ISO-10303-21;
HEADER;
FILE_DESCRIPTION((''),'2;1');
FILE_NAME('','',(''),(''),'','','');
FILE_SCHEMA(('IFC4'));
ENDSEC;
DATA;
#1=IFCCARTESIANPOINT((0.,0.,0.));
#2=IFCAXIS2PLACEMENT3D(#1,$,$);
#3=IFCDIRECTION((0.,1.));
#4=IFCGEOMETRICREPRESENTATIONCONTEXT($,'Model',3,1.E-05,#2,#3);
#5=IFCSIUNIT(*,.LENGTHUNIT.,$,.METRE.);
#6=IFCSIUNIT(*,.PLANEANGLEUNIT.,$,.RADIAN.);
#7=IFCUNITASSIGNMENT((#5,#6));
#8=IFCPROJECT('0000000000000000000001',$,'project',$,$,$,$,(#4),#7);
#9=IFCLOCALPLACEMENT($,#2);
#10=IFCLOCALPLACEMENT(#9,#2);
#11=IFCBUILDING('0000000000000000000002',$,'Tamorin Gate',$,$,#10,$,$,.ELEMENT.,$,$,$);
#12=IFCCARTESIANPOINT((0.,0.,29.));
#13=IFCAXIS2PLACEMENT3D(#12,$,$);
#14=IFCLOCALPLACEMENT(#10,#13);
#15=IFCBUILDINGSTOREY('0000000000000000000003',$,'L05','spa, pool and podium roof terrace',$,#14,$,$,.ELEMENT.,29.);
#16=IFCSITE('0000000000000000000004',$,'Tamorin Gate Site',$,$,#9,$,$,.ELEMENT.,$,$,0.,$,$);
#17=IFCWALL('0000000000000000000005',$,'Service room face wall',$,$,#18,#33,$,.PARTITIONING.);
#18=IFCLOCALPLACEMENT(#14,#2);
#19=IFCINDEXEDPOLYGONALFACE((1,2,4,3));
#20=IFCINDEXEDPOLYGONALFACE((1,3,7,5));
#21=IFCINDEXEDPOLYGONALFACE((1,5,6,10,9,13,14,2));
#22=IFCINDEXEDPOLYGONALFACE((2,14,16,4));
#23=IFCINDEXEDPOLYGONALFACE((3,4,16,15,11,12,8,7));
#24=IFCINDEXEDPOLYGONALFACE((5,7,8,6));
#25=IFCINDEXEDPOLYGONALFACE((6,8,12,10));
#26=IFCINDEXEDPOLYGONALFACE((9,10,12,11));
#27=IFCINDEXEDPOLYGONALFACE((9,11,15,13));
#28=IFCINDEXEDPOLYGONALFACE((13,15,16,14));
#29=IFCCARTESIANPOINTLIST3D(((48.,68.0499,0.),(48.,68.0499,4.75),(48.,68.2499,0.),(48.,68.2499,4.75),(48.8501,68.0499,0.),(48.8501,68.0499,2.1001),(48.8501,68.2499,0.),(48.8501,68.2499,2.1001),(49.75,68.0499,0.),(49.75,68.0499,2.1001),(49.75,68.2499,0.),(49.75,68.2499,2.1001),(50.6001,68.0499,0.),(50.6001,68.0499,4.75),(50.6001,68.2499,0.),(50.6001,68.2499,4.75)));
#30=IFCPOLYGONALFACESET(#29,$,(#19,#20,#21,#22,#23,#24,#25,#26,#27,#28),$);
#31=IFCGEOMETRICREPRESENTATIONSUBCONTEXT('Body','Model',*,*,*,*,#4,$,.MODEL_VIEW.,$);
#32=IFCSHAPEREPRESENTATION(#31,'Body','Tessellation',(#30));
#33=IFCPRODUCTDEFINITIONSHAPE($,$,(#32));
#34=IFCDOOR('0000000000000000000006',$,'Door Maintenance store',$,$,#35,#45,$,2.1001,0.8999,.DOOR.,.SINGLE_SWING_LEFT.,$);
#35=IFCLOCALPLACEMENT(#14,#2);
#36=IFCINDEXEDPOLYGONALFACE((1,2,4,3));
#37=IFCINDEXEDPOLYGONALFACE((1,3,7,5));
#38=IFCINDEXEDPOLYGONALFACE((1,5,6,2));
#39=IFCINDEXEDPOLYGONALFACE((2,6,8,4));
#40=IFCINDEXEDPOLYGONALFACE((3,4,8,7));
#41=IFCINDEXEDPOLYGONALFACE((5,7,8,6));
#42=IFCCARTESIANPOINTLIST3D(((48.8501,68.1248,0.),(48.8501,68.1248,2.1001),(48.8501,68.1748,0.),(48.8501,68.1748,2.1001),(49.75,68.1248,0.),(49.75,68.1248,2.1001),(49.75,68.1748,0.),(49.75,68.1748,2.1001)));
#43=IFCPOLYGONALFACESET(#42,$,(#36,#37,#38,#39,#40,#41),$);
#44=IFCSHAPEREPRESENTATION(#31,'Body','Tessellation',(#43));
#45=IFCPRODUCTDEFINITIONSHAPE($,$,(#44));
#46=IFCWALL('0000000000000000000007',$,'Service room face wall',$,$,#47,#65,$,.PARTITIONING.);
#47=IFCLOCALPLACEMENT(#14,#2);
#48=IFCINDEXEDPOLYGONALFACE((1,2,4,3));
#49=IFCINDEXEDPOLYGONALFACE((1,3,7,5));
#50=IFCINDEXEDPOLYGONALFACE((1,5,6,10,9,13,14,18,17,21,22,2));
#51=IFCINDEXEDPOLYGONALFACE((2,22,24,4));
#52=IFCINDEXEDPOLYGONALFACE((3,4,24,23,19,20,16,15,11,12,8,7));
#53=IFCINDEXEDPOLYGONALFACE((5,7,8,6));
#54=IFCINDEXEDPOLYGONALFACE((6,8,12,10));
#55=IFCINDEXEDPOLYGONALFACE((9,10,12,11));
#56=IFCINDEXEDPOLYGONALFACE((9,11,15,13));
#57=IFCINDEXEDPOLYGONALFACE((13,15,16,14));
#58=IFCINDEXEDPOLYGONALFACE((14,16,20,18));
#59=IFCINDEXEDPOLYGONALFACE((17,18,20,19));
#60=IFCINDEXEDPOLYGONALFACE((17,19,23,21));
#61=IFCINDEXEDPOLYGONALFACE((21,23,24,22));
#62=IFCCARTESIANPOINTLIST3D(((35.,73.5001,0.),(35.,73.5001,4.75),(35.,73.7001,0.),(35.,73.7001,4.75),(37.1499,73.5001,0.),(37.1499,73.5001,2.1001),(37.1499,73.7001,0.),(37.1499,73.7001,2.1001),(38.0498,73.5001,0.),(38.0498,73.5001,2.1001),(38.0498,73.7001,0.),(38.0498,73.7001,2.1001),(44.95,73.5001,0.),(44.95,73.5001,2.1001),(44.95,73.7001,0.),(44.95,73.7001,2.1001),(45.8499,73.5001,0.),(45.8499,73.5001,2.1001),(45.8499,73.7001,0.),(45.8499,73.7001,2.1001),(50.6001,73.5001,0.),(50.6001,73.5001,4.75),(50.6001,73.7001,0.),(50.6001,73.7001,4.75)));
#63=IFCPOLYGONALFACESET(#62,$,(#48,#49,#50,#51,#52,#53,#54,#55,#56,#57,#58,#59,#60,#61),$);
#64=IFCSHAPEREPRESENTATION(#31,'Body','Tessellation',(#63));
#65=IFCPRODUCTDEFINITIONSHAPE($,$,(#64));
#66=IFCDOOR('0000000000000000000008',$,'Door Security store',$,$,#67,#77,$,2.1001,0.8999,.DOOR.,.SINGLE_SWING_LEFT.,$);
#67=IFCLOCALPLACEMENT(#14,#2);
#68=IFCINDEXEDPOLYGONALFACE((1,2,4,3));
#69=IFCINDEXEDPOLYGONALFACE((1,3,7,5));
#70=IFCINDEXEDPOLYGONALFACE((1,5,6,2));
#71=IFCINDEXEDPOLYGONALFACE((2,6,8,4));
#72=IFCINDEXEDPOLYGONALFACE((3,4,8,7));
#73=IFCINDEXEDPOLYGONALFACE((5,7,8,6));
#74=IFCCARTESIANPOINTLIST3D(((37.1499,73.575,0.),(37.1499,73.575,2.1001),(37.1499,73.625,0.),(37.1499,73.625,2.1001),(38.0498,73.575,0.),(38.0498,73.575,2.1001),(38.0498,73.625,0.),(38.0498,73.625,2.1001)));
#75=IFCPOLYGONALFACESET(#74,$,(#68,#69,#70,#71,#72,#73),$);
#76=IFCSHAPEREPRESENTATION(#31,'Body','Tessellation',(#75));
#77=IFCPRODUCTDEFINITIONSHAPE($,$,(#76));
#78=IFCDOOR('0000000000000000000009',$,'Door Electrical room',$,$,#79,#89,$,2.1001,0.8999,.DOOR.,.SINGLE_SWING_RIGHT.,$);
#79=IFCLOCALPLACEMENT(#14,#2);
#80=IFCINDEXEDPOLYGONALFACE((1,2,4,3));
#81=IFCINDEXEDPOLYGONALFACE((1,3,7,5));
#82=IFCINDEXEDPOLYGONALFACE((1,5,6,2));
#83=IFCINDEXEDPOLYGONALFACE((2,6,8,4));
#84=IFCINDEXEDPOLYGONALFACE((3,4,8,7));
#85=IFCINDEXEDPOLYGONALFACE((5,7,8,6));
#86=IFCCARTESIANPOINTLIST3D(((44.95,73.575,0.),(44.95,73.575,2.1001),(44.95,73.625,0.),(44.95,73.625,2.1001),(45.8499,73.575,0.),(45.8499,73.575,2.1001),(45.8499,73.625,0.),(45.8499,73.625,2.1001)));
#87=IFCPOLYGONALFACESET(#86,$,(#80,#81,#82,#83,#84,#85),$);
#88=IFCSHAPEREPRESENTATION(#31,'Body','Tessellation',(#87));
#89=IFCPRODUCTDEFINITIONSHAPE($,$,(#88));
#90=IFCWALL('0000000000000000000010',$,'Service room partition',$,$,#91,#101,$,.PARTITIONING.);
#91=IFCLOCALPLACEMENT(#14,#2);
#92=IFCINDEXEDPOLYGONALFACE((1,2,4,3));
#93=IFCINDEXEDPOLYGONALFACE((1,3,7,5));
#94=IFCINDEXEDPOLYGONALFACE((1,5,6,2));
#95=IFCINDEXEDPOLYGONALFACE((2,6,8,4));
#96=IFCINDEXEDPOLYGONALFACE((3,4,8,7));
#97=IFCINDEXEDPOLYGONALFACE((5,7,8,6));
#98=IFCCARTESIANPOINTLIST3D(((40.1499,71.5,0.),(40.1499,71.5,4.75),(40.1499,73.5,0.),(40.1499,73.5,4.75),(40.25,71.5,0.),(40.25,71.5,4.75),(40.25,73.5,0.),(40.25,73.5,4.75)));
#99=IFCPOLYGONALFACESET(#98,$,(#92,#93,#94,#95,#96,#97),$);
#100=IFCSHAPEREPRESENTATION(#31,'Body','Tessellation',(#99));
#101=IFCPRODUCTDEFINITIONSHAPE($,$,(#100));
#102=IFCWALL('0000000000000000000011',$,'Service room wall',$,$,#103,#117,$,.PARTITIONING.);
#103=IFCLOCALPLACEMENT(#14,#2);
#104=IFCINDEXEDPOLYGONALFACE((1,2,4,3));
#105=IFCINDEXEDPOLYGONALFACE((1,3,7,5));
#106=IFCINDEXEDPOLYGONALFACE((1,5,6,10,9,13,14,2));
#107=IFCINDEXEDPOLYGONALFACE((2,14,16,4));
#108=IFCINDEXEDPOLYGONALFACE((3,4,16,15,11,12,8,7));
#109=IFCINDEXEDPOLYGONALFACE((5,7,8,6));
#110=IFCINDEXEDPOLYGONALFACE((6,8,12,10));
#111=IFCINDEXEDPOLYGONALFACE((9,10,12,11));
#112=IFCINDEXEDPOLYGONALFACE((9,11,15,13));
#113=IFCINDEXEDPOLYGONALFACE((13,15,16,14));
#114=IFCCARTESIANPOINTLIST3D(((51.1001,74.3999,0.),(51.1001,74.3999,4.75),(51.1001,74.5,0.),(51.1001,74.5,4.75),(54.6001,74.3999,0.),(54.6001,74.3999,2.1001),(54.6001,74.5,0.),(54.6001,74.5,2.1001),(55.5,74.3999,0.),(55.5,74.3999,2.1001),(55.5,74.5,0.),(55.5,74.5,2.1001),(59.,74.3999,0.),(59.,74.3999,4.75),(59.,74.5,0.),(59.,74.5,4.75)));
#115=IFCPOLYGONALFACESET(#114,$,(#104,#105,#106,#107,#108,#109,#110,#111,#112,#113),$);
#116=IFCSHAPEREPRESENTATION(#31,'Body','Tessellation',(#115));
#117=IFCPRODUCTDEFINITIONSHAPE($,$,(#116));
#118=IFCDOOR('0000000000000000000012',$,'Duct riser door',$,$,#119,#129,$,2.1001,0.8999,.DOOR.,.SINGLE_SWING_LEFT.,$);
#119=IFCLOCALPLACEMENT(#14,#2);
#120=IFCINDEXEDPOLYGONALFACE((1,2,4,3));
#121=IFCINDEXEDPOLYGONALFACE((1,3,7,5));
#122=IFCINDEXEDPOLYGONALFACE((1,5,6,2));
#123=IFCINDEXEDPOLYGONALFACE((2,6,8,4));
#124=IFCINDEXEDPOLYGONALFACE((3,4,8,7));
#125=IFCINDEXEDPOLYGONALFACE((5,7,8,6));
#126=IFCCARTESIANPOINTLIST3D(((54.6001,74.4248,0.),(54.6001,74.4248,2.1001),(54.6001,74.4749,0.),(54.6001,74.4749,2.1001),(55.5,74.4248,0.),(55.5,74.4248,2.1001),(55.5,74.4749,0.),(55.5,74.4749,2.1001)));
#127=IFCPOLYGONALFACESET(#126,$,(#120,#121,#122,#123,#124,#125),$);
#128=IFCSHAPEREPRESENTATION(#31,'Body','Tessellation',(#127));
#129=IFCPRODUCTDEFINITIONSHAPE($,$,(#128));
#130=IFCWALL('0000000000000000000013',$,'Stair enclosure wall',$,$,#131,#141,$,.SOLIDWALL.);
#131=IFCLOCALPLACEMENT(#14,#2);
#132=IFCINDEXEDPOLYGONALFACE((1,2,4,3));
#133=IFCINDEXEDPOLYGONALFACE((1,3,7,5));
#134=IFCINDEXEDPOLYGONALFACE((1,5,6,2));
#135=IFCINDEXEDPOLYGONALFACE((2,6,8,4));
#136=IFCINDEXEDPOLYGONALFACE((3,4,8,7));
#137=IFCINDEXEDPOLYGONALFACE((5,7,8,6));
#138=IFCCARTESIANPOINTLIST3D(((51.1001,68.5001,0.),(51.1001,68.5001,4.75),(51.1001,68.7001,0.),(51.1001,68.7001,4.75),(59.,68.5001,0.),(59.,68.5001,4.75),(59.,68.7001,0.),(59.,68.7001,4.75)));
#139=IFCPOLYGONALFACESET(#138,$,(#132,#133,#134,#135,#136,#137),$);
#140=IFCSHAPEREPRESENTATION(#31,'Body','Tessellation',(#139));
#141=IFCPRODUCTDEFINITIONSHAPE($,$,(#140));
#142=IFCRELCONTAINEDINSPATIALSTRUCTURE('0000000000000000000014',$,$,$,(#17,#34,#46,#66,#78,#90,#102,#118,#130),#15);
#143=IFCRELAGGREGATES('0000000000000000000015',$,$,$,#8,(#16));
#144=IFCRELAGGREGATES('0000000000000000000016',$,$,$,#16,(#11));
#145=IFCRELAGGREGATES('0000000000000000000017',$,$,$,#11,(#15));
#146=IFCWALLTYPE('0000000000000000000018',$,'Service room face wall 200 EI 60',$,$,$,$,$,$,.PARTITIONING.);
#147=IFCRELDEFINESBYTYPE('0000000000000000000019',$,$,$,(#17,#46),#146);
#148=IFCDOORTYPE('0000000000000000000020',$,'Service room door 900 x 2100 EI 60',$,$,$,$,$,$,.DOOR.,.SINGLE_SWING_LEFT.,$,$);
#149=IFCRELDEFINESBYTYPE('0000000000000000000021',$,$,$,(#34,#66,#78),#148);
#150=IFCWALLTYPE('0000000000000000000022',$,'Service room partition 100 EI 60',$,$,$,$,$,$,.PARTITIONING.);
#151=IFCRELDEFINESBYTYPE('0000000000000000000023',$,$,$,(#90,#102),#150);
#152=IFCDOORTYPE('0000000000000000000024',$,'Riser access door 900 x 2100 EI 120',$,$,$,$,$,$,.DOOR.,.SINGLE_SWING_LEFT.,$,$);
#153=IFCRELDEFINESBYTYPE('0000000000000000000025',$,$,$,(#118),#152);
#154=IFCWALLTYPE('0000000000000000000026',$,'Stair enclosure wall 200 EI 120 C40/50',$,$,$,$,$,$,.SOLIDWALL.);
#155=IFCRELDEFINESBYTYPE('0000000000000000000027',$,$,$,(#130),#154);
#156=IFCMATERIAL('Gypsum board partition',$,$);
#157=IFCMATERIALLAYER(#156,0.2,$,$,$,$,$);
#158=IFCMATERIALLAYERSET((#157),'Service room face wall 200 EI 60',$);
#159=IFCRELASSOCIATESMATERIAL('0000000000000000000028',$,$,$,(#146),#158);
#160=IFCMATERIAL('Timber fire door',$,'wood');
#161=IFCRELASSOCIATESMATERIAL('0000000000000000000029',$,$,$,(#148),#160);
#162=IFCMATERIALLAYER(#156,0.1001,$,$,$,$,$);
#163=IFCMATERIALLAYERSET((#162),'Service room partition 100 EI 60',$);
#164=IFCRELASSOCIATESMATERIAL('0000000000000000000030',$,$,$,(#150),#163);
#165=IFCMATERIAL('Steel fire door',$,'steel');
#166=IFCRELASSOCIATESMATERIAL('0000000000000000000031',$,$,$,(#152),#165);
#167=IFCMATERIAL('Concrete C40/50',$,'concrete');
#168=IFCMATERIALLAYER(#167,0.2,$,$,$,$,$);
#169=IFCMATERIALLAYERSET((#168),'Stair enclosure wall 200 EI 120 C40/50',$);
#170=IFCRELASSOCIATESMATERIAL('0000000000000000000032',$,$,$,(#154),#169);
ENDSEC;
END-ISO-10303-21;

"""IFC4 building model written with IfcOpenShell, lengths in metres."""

from ifc_helpers import new_model, si_unit, direction, frame, frame_2d, origin, place, context, subcontext, project, spatial, rectangle, extrude, material, layer, layer_set, type_object, element, fill, save


model = new_model("IFC4")

# Units and contexts
model_context = context("Model", 3, precision=1e-05, world=origin(), true_north=direction((0.0, 1.0)))
body_context = subcontext(model_context, "Body", "Model", "MODEL_VIEW")
ifc_project = project(units=[si_unit("LENGTHUNIT", "METRE"), si_unit("PLANEANGLEUNIT", "RADIAN")], contexts=[model_context])

# Site, building, storey
site_placement = place(None, origin())
site = spatial("IfcSite", under=ifc_project, at=site_placement, Name="Tamorin Gate Site", CompositionType="ELEMENT", RefElevation=0.0)
building_placement = place(site_placement, origin())
building = spatial("IfcBuilding", under=site, at=building_placement, Name="Tamorin Gate", CompositionType="ELEMENT")
storey_placement = place(building_placement, frame((0.0, 0.0, 29.0)))
storey = spatial("IfcBuildingStorey", under=building, at=storey_placement, Name="L05", Description="spa, pool and podium roof terrace", CompositionType="ELEMENT", Elevation=29.0)

# Shared definitions
ifc_material_1 = material(Name="Steel fire door", Category="steel")

# Wall, opening, door
ifc_material_2 = material(Name="Gypsum board partition")
ifc_layer_1 = layer(ifc_material_2, 0.2)
ifc_layer_set_1 = layer_set([ifc_layer_1], Name="Service room face wall 200 EI 60")
wall_type_1 = type_object("IfcWallType", Name="Service room face wall 200 EI 60", PredefinedType="PARTITIONING", material=ifc_layer_set_1)
wall_1_placement = place(storey_placement, frame((48.0, 68.1499, 0.0), z_axis=(0.0, 0.0, 1.0), x_axis=(1.0, 0.0, 0.0)))
wall_1 = element("IfcWall", 1, at=wall_1_placement, inside=storey, type_object=wall_type_1, Name="Service room face wall", PredefinedType="PARTITIONING", context=body_context, shape_type="SweptSolid", body=[
    extrude(rectangle(XDim=2.6001, YDim=0.2, at=frame_2d((1.3, 0.0))), origin(), (0.0, 0.0, 1.0), 4.75),
])
opening_1_placement = place(wall_1_placement, frame((0.8501, 0.0, 0.0)))
opening_1 = element("IfcOpeningElement", 2, at=opening_1_placement, cuts=wall_1, PredefinedType="OPENING", context=body_context, shape_type="SweptSolid", body=[
    extrude(rectangle(XDim=0.8999, YDim=2.1001, at=frame_2d((0.45, 1.05))), frame((0.0, 0.1099, 0.0), z_axis=(0.0, -1.0, 0.0), x_axis=(1.0, 0.0, 0.0)), (0.0, 0.0, 1.0), 0.22),
])
ifc_material_3 = material(Name="Timber fire door", Category="wood")
door_type_1 = type_object("IfcDoorType", Name="Service room door 900 x 2100 EI 60", OperationType="SINGLE_SWING_LEFT", PredefinedType="DOOR", material=ifc_material_3)
door_1_placement = place(opening_1_placement, origin())
door_1 = element("IfcDoor", 3, at=door_1_placement, inside=storey, type_object=door_type_1, Name="Door Maintenance store", OperationType="SINGLE_SWING_LEFT", OverallHeight=2.1001, OverallWidth=0.8999, PredefinedType="DOOR", context=body_context, shape_type="SweptSolid", body=[
    extrude(rectangle(XDim=0.8999, YDim=2.1001, at=frame_2d((0.45, 1.05))), frame((0.0, 0.0249, 0.0), z_axis=(0.0, -1.0, 0.0), x_axis=(1.0, 0.0, 0.0)), (0.0, 0.0, 1.0), 0.05),
])
fill(opening_1, door_1)

# Wall, openings, doors
wall_2_placement = place(storey_placement, frame((35.0, 73.6001, 0.0), z_axis=(0.0, 0.0, 1.0), x_axis=(1.0, 0.0, 0.0)))
wall_2 = element("IfcWall", 4, at=wall_2_placement, inside=storey, type_object=wall_type_1, Name="Service room face wall", PredefinedType="PARTITIONING", context=body_context, shape_type="SweptSolid", body=[
    extrude(rectangle(XDim=15.6001, YDim=0.2, at=frame_2d((7.8, 0.0))), origin(), (0.0, 0.0, 1.0), 4.75),
])
opening_2_placement = place(wall_2_placement, frame((2.1499, 0.0, 0.0)))
opening_2 = element("IfcOpeningElement", 5, at=opening_2_placement, cuts=wall_2, PredefinedType="OPENING", context=body_context, shape_type="SweptSolid", body=[
    extrude(rectangle(XDim=0.8999, YDim=2.1001, at=frame_2d((0.45, 1.05))), frame((0.0, 0.1099, 0.0), z_axis=(0.0, -1.0, 0.0), x_axis=(1.0, 0.0, 0.0)), (0.0, 0.0, 1.0), 0.22),
])
opening_3_placement = place(wall_2_placement, frame((9.95, 0.0, 0.0)))
opening_3 = element("IfcOpeningElement", 6, at=opening_3_placement, cuts=wall_2, PredefinedType="OPENING", context=body_context, shape_type="SweptSolid", body=[
    extrude(rectangle(XDim=0.8999, YDim=2.1001, at=frame_2d((0.45, 1.05))), frame((0.0, 0.1099, 0.0), z_axis=(0.0, -1.0, 0.0), x_axis=(1.0, 0.0, 0.0)), (0.0, 0.0, 1.0), 0.22),
])
door_2_placement = place(opening_2_placement, origin())
door_2 = element("IfcDoor", 7, at=door_2_placement, inside=storey, type_object=door_type_1, Name="Door Security store", OperationType="SINGLE_SWING_LEFT", OverallHeight=2.1001, OverallWidth=0.8999, PredefinedType="DOOR", context=body_context, shape_type="SweptSolid", body=[
    extrude(rectangle(XDim=0.8999, YDim=2.1001, at=frame_2d((0.45, 1.05))), frame((0.0, 0.0249, 0.0), z_axis=(0.0, -1.0, 0.0), x_axis=(1.0, 0.0, 0.0)), (0.0, 0.0, 1.0), 0.05),
])
fill(opening_2, door_2)
door_3_placement = place(opening_3_placement, origin())
door_3 = element("IfcDoor", 8, at=door_3_placement, inside=storey, type_object=door_type_1, Name="Door Electrical room", OperationType="SINGLE_SWING_RIGHT", OverallHeight=2.1001, OverallWidth=0.8999, PredefinedType="DOOR", context=body_context, shape_type="SweptSolid", body=[
    extrude(rectangle(XDim=0.8999, YDim=2.1001, at=frame_2d((0.45, 1.05))), frame((0.0, 0.0249, 0.0), z_axis=(0.0, -1.0, 0.0), x_axis=(1.0, 0.0, 0.0)), (0.0, 0.0, 1.0), 0.05),
])
fill(opening_3, door_3)

# Wall
ifc_layer_2 = layer(ifc_material_2, 0.1001)
ifc_layer_set_2 = layer_set([ifc_layer_2], Name="Service room partition 100 EI 60")
wall_type_2 = type_object("IfcWallType", Name="Service room partition 100 EI 60", PredefinedType="PARTITIONING", material=ifc_layer_set_2)
wall_3_placement = place(storey_placement, frame((40.2, 71.5, 0.0), z_axis=(0.0, 0.0, 1.0), x_axis=(0.0, 1.0, 0.0)))
element("IfcWall", 9, at=wall_3_placement, inside=storey, type_object=wall_type_2, Name="Service room partition", PredefinedType="PARTITIONING", context=body_context, shape_type="SweptSolid", body=[
    extrude(rectangle(XDim=2.0, YDim=0.1001, at=frame_2d((1.0, 0.0))), origin(), (0.0, 0.0, 1.0), 4.75),
])

# Wall, opening, door
wall_4_placement = place(storey_placement, frame((51.1001, 74.45, 0.0), z_axis=(0.0, 0.0, 1.0), x_axis=(1.0, 0.0, 0.0)))
wall_4 = element("IfcWall", 10, at=wall_4_placement, inside=storey, type_object=wall_type_2, Name="Service room wall", PredefinedType="PARTITIONING", context=body_context, shape_type="SweptSolid", body=[
    extrude(rectangle(XDim=7.8999, YDim=0.1001, at=frame_2d((3.95, 0.0))), origin(), (0.0, 0.0, 1.0), 4.75),
])
opening_4_placement = place(wall_4_placement, frame((3.5, 0.0, 0.0)))
opening_4 = element("IfcOpeningElement", 11, at=opening_4_placement, cuts=wall_4, PredefinedType="OPENING", context=body_context, shape_type="SweptSolid", body=[
    extrude(rectangle(XDim=0.8999, YDim=2.1001, at=frame_2d((0.45, 1.05))), frame((0.0, 0.0601, 0.0), z_axis=(0.0, -1.0, 0.0), x_axis=(1.0, 0.0, 0.0)), (0.0, 0.0, 1.0), 0.1201),
])
door_type_2 = type_object("IfcDoorType", Name="Riser access door 900 x 2100 EI 120", OperationType="SINGLE_SWING_LEFT", PredefinedType="DOOR", material=ifc_material_1)
door_4_placement = place(opening_4_placement, origin())
door_4 = element("IfcDoor", 12, at=door_4_placement, inside=storey, type_object=door_type_2, Name="Duct riser door", OperationType="SINGLE_SWING_LEFT", OverallHeight=2.1001, OverallWidth=0.8999, PredefinedType="DOOR", context=body_context, shape_type="SweptSolid", body=[
    extrude(rectangle(XDim=0.8999, YDim=2.1001, at=frame_2d((0.45, 1.05))), frame((0.0, 0.0249, 0.0), z_axis=(0.0, -1.0, 0.0), x_axis=(1.0, 0.0, 0.0)), (0.0, 0.0, 1.0), 0.05),
])
fill(opening_4, door_4)

# Wall
ifc_material_4 = material(Name="Concrete C40/50", Category="concrete")
ifc_layer_3 = layer(ifc_material_4, 0.2)
ifc_layer_set_3 = layer_set([ifc_layer_3], Name="Stair enclosure wall 200 EI 120 C40/50")
wall_type_3 = type_object("IfcWallType", Name="Stair enclosure wall 200 EI 120 C40/50", PredefinedType="SOLIDWALL", material=ifc_layer_set_3)
wall_5_placement = place(storey_placement, frame((51.1001, 68.6001, 0.0), z_axis=(0.0, 0.0, 1.0), x_axis=(1.0, 0.0, 0.0)))
element("IfcWall", 13, at=wall_5_placement, inside=storey, type_object=wall_type_3, Name="Stair enclosure wall", PredefinedType="SOLIDWALL", context=body_context, shape_type="SweptSolid", body=[
    extrude(rectangle(XDim=7.8999, YDim=0.2, at=frame_2d((3.95, 0.0))), origin(), (0.0, 0.0, 1.0), 4.75),
])

save(model, "model.ifc")
